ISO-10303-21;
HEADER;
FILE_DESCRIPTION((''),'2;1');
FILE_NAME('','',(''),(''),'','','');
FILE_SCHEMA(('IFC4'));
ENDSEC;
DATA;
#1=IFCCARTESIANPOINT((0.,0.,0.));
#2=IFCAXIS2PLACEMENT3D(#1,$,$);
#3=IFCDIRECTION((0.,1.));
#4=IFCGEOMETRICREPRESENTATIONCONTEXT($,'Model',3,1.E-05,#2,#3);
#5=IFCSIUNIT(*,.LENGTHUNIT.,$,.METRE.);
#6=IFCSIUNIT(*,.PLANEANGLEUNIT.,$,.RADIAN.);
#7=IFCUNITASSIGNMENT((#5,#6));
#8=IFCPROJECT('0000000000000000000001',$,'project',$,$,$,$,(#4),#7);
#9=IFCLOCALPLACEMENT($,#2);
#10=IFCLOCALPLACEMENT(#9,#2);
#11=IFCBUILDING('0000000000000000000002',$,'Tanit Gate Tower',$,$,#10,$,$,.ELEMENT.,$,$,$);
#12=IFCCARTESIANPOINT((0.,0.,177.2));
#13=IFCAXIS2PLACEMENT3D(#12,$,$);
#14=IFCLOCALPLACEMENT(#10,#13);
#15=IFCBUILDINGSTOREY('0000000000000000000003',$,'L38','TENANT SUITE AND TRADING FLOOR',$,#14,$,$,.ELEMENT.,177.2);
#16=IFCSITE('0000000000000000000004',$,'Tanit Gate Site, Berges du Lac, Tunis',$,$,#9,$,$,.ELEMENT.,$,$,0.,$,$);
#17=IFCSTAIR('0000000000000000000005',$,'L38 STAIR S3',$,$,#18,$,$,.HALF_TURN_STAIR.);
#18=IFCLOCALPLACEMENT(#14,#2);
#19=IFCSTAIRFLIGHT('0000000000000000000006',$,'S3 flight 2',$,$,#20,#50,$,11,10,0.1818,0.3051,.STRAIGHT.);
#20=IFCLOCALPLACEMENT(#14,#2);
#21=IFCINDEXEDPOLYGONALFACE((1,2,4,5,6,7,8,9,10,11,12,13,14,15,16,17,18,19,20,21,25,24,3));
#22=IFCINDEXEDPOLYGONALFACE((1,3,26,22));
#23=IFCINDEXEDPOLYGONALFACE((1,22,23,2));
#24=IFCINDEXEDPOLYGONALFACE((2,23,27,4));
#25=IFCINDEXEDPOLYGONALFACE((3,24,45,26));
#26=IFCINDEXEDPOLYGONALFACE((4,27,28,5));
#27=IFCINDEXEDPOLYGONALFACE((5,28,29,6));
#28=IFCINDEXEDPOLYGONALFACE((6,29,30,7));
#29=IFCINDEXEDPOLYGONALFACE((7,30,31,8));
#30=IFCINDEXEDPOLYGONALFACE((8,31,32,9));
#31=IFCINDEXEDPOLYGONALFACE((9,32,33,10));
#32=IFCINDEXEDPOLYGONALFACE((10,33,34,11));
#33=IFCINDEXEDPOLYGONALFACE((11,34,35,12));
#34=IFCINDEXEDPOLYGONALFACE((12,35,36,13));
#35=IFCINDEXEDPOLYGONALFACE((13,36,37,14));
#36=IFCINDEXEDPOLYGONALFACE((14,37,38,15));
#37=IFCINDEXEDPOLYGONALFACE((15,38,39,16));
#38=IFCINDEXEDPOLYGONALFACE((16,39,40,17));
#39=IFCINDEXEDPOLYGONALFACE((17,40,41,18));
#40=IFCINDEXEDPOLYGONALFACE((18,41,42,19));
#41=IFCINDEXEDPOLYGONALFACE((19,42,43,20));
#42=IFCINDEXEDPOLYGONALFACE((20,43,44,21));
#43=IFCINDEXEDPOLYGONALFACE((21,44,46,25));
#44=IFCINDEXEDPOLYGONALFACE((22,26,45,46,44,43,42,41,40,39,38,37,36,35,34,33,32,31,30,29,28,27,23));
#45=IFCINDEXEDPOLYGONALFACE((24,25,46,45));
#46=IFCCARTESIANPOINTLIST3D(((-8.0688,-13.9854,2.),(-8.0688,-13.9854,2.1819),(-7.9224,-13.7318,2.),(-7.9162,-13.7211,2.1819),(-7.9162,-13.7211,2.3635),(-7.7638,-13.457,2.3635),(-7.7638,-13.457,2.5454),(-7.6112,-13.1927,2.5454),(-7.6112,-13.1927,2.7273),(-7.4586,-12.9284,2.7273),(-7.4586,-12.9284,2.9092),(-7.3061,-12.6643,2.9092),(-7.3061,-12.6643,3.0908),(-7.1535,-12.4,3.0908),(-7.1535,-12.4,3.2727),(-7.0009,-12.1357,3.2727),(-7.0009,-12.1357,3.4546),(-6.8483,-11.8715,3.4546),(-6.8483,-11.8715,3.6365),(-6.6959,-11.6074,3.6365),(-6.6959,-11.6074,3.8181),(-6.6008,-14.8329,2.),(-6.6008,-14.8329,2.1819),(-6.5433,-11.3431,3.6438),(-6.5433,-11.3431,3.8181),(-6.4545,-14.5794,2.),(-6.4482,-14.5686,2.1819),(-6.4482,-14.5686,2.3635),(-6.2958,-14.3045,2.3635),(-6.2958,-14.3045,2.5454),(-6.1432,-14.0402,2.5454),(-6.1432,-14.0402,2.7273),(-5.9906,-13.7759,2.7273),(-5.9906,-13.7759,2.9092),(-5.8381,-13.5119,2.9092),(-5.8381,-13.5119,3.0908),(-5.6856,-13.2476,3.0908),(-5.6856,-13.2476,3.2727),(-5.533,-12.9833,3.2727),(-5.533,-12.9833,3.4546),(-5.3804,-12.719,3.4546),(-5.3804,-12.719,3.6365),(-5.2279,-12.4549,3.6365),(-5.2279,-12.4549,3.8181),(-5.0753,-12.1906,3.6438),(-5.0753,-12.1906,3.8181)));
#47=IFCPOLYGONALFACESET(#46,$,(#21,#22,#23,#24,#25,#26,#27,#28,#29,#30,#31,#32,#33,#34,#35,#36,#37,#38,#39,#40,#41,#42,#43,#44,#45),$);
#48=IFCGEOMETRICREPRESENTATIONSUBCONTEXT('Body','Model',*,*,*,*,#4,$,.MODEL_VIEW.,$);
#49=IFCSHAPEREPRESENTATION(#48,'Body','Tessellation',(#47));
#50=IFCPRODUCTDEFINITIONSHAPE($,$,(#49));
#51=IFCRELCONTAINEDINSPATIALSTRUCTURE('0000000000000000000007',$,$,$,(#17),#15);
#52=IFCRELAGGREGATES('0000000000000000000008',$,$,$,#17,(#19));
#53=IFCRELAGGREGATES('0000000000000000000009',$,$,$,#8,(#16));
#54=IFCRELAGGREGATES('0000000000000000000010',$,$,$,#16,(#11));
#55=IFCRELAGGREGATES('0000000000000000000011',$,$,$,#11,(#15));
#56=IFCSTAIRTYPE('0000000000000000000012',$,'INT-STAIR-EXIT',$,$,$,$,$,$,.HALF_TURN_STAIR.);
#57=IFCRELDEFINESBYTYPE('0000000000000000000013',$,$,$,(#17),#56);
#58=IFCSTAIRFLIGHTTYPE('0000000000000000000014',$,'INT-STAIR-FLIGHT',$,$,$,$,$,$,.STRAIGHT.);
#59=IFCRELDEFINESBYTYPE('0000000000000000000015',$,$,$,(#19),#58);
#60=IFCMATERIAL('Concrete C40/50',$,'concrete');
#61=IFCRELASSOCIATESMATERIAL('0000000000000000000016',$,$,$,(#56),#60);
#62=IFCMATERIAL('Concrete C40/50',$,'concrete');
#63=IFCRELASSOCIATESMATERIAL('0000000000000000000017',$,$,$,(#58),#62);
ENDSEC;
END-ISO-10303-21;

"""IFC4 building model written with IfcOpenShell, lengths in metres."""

from ifc_helpers import new_model, si_unit, direction, frame, origin, place, context, subcontext, project, spatial, polyline, outline, extrude, material, type_object, element, aggregate, save


model = new_model("IFC4")

# Units and contexts
model_context = context("Model", 3, precision=1e-05, world=origin(), true_north=direction((0.0, 1.0)))
body_context = subcontext(model_context, "Body", "Model", "MODEL_VIEW")
ifc_project = project(units=[si_unit("LENGTHUNIT", "METRE"), si_unit("PLANEANGLEUNIT", "RADIAN")], contexts=[model_context])

# Site, building, storey
site_placement = place(None, origin())
site = spatial("IfcSite", under=ifc_project, at=site_placement, Name="Tanit Gate Site, Berges du Lac, Tunis", CompositionType="ELEMENT", RefElevation=0.0)
building_placement = place(site_placement, origin())
building = spatial("IfcBuilding", under=site, at=building_placement, Name="Tanit Gate Tower", CompositionType="ELEMENT")
storey_placement = place(building_placement, frame((0.0, 0.0, 177.2)))
storey = spatial("IfcBuildingStorey", under=building, at=storey_placement, Name="L38", Description="TENANT SUITE AND TRADING FLOOR", CompositionType="ELEMENT", Elevation=177.2)

# Stair, stair flight
ifc_material_1 = material(Name="Concrete C40/50", Category="concrete")
stair_type = type_object("IfcStairType", Name="INT-STAIR-EXIT", PredefinedType="HALF_TURN_STAIR", material=ifc_material_1)
stair_placement = place(storey_placement, origin())
stair = element("IfcStair", 1, at=stair_placement, inside=storey, type_object=stair_type, Name="L38 STAIR S3", PredefinedType="HALF_TURN_STAIR")
ifc_material_2 = material(Name="Concrete C40/50", Category="concrete")
stair_flight_type = type_object("IfcStairFlightType", Name="INT-STAIR-FLIGHT", PredefinedType="STRAIGHT", material=ifc_material_2)
stair_flight_1_placement = place(storey_placement, frame((-7.3347, -14.4092, 2.0), z_axis=(0.0, 0.0, 1.0), x_axis=(0.5, 0.866025, 0.0)))
stair_flight_1 = element("IfcStairFlight", 2, at=stair_flight_1_placement, type_object=stair_flight_type, Name="S3 flight 2", NumberOfRisers=11, NumberOfTreads=10, PredefinedType="STRAIGHT", RiserHeight=0.1818, TreadLength=0.3051, context=body_context, shape_type="SweptSolid", body=[
    extrude(outline(polyline([(0.0, 0.0), (0.0, 0.1819), (0.3052, 0.1819), (0.3052, 0.3635), (0.6101, 0.3635), (0.6101, 0.5454), (0.9153, 0.5454), (0.9153, 0.7273), (1.2205, 0.7273), (1.2205, 0.9092), (1.5254, 0.9092), (1.5254, 1.0908), (1.8306, 1.0908), (1.8306, 1.2727), (2.1357, 1.2727), (2.1357, 1.4546), (2.4409, 1.4546), (2.4409, 1.6365), (2.7458, 1.6365), (2.7458, 1.8181), (3.051, 1.8181), (3.051, 2.0), (3.051, 1.6438), (0.2927, 0.0), (0.0, 0.0)])), frame((0.0, 0.8477, 0.0), z_axis=(0.0, -1.0, 0.0), x_axis=(1.0, 0.0, 0.0)), (0.0, 0.0, 1.0), 1.6951),
])
aggregate(stair, [stair_flight_1])

save(model, "model.ifc")
